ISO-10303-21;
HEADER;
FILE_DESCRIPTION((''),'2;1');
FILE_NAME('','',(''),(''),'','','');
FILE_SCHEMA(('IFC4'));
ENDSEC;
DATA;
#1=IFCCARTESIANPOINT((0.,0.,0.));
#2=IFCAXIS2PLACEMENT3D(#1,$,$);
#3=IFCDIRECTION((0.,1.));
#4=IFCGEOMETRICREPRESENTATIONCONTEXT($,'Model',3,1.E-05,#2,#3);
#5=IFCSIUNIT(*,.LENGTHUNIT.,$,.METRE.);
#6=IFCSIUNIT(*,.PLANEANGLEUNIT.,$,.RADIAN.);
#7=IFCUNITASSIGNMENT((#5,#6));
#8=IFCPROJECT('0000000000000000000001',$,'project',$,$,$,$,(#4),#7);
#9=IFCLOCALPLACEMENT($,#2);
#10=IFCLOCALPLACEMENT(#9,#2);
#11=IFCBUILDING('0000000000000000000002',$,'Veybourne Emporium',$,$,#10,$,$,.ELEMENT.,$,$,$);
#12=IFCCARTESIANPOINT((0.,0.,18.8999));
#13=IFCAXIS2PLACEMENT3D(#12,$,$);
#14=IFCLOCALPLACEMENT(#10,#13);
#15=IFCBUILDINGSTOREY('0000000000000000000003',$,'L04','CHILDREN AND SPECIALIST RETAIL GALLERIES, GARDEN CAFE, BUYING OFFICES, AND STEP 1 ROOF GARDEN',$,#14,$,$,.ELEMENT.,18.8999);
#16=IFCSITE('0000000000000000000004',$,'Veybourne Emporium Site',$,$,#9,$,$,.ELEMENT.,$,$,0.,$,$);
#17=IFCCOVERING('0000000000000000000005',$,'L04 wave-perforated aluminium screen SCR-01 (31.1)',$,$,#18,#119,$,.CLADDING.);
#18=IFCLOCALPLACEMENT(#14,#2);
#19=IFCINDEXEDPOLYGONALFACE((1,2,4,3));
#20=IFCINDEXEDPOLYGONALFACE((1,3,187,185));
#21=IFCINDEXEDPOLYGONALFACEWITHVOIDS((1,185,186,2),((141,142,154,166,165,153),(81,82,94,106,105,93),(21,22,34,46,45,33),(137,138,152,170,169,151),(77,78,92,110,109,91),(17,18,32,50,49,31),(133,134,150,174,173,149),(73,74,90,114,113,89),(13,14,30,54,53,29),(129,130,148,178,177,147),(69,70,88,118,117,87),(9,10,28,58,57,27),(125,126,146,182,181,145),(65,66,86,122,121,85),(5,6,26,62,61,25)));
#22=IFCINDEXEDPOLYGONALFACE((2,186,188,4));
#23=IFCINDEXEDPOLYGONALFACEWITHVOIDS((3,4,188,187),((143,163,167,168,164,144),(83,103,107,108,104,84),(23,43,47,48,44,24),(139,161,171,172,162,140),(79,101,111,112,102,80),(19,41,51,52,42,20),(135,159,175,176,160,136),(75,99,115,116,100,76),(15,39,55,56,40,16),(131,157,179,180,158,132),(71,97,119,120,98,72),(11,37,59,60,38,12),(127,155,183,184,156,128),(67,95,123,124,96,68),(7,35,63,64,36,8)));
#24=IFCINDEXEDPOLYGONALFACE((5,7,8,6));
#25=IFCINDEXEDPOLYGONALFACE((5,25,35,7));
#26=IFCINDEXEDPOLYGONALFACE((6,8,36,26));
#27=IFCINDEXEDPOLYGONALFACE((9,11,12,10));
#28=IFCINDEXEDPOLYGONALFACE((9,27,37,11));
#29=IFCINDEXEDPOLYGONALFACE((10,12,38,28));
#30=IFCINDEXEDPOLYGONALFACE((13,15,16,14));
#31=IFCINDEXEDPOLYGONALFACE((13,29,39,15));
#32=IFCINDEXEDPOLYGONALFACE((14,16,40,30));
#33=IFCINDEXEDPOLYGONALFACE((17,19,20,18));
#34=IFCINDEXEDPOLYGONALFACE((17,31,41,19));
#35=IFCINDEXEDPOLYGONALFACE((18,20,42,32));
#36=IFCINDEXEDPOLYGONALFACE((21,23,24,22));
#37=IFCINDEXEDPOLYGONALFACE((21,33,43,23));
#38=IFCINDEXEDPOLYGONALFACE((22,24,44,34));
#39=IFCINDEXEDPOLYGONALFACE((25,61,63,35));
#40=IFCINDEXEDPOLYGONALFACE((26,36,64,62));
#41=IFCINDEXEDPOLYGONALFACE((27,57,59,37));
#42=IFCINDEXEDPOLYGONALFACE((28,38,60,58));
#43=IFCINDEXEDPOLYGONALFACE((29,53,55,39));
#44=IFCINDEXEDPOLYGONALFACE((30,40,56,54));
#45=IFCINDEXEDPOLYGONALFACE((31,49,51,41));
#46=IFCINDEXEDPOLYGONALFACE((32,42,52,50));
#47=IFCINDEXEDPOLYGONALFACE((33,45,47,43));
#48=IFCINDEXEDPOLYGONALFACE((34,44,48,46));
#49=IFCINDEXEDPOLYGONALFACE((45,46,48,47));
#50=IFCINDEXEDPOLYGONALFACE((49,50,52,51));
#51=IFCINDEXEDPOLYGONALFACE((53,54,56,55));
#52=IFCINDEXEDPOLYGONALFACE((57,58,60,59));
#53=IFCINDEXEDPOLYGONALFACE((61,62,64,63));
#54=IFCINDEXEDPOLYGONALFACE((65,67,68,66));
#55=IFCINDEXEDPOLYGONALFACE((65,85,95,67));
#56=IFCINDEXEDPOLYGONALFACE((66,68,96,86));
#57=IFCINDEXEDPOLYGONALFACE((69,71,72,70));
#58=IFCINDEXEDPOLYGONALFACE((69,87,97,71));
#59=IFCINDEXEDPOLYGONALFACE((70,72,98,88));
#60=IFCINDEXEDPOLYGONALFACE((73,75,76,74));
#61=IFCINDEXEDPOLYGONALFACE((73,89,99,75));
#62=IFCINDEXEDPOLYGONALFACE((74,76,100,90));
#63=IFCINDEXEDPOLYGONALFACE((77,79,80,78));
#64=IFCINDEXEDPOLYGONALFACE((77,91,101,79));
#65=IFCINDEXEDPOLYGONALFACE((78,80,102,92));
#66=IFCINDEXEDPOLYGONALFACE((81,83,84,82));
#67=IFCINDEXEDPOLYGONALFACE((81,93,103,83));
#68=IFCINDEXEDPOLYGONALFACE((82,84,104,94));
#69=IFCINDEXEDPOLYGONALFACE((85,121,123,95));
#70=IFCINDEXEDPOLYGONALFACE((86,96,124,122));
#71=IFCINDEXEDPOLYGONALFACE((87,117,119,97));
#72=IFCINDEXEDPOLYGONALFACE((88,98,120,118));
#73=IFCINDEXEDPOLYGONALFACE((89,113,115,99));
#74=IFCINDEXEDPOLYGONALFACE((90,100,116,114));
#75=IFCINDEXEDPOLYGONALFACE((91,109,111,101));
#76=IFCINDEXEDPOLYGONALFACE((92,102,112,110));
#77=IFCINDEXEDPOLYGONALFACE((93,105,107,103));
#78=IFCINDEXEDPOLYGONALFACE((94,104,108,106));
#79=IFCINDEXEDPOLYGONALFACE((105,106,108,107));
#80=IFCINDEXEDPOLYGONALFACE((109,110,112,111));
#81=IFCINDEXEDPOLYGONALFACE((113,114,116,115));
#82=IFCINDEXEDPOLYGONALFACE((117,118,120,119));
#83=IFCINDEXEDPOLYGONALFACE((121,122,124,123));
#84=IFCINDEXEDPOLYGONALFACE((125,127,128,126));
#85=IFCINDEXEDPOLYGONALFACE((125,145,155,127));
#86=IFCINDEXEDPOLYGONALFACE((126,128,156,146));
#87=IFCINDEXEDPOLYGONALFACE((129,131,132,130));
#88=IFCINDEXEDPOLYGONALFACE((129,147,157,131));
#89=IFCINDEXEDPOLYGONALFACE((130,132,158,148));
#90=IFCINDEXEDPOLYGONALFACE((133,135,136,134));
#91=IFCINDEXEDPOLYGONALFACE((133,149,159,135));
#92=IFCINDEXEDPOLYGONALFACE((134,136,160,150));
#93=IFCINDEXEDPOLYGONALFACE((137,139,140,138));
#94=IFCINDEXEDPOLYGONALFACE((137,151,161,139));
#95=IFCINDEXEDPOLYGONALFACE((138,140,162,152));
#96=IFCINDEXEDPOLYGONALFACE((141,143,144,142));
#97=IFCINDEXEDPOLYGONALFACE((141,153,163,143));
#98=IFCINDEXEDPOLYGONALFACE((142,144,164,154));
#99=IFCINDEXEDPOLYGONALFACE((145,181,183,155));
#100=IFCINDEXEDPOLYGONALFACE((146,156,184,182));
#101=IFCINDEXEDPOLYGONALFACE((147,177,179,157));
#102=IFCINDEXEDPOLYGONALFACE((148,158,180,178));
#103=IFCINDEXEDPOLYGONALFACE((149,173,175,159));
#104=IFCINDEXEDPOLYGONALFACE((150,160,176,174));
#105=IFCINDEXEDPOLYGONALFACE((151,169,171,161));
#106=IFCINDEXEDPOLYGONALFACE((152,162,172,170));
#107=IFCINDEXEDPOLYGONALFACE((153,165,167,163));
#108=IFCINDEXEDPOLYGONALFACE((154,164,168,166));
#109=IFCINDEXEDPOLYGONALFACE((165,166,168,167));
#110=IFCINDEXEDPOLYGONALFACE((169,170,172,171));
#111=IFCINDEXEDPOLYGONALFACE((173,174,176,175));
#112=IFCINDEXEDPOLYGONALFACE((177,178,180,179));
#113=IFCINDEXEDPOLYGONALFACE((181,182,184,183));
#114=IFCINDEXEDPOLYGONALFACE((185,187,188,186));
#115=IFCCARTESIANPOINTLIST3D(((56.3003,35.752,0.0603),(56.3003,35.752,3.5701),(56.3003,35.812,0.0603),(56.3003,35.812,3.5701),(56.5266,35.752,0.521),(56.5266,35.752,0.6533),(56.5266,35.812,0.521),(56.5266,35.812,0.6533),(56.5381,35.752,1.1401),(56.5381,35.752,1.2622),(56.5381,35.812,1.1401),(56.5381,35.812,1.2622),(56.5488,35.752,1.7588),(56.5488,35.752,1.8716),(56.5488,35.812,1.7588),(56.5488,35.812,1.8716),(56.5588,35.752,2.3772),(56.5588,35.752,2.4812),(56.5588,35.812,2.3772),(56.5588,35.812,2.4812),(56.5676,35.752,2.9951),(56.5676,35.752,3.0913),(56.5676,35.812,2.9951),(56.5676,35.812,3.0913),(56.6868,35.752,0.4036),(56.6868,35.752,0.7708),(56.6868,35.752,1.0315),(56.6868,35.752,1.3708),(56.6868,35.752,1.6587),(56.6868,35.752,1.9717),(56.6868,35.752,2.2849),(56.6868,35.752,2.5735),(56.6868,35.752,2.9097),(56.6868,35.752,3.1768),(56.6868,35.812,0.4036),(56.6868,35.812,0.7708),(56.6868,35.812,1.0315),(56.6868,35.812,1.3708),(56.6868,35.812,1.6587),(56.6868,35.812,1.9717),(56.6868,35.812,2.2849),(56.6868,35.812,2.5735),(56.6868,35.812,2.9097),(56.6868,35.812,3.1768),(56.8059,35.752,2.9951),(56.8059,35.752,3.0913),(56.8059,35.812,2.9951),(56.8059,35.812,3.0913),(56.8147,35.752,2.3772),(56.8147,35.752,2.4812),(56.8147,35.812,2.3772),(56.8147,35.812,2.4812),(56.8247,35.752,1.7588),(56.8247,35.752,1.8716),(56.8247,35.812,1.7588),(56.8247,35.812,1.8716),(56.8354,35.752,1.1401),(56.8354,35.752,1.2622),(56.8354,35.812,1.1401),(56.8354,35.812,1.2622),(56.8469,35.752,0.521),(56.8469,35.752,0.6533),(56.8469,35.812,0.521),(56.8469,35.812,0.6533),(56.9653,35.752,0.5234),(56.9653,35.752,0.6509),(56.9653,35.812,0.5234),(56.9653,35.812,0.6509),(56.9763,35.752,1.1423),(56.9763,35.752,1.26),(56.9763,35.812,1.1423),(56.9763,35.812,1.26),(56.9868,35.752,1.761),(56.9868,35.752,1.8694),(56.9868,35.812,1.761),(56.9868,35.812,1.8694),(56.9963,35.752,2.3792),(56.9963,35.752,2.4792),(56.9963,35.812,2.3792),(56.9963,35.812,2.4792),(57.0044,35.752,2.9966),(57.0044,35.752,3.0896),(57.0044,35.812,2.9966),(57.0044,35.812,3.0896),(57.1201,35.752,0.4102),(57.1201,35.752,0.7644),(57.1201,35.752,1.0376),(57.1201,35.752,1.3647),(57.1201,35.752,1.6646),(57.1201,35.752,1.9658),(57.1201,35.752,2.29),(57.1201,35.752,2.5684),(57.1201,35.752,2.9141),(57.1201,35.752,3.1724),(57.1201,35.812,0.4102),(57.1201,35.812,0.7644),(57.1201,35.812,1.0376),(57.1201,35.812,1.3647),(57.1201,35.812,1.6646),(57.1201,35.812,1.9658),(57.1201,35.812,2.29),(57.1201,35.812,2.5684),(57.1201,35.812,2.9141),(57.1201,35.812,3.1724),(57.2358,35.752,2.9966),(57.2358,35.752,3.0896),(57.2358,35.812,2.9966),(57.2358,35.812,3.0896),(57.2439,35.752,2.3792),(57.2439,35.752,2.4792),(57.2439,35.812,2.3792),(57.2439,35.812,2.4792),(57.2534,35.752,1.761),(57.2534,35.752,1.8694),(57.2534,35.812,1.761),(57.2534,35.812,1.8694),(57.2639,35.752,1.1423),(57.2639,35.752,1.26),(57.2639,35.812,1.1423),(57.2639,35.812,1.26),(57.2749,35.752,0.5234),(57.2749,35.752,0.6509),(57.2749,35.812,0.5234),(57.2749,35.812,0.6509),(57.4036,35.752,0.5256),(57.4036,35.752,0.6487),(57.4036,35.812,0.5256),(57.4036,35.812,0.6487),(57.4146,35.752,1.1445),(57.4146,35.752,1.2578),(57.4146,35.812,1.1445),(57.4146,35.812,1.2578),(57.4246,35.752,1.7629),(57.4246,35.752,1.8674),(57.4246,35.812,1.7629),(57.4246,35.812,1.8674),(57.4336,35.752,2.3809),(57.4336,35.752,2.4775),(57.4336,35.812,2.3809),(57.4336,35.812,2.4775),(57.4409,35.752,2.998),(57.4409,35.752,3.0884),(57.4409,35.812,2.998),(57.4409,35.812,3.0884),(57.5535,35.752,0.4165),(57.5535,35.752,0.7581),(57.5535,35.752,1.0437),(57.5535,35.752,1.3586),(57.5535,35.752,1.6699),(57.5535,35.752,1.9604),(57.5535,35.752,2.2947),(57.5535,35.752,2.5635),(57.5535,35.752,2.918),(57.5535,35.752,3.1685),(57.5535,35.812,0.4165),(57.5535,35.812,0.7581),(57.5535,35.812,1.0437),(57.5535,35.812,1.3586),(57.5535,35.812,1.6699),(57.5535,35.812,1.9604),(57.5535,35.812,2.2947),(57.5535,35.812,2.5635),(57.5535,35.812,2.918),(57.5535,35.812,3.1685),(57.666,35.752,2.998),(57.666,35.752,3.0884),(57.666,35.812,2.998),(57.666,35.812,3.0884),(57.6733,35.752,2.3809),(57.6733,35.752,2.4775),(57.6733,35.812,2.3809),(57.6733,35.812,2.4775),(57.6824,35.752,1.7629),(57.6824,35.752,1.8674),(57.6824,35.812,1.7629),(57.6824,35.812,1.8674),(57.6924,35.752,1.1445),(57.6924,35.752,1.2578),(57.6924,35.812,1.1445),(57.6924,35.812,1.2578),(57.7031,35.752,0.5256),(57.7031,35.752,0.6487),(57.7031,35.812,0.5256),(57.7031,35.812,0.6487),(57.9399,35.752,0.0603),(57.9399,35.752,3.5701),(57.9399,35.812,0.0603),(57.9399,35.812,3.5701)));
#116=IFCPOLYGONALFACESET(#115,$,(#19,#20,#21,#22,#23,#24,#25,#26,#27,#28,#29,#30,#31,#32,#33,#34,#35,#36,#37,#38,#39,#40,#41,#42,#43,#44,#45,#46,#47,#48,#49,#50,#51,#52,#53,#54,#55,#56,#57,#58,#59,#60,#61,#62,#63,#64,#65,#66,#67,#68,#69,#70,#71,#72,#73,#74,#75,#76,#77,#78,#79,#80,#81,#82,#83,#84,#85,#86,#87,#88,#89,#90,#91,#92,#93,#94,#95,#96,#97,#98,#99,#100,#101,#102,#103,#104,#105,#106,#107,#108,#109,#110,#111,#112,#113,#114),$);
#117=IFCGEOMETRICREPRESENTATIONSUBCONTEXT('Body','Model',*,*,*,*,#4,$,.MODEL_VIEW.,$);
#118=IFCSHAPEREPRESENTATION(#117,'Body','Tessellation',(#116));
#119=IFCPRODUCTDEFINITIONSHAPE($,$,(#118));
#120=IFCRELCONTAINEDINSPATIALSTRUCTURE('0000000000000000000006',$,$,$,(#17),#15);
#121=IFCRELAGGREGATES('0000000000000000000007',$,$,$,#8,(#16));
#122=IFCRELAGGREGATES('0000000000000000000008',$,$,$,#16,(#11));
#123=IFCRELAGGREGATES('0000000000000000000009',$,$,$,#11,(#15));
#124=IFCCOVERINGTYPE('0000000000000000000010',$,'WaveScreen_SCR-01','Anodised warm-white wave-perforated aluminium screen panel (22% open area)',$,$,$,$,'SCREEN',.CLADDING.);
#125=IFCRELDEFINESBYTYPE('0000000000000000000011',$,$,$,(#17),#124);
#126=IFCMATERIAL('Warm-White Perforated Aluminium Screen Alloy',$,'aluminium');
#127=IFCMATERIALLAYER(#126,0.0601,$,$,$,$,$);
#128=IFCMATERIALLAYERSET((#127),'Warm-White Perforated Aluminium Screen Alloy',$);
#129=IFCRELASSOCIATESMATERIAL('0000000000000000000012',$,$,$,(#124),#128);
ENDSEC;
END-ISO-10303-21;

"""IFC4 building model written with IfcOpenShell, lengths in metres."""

from ifc_helpers import new_model, si_unit, direction, frame, origin, place, context, subcontext, project, spatial, polyline, outline, extrude, material, layer, layer_set, type_object, element, save


model = new_model("IFC4")

# Units and contexts
model_context = context("Model", 3, precision=1e-05, world=origin(), true_north=direction((0.0, 1.0)))
body_context = subcontext(model_context, "Body", "Model", "MODEL_VIEW")
ifc_project = project(units=[si_unit("LENGTHUNIT", "METRE"), si_unit("PLANEANGLEUNIT", "RADIAN")], contexts=[model_context])

# Site, building, storey
site_placement = place(None, origin())
site = spatial("IfcSite", under=ifc_project, at=site_placement, Name="Veybourne Emporium Site", CompositionType="ELEMENT", RefElevation=0.0)
building_placement = place(site_placement, origin())
building = spatial("IfcBuilding", under=site, at=building_placement, Name="Veybourne Emporium", CompositionType="ELEMENT")
storey_placement = place(building_placement, frame((0.0, 0.0, 18.8999)))
storey = spatial("IfcBuildingStorey", under=building, at=storey_placement, Name="L04", Description="CHILDREN AND SPECIALIST RETAIL GALLERIES, GARDEN CAFE, BUYING OFFICES, AND STEP 1 ROOF GARDEN", CompositionType="ELEMENT", Elevation=18.8999)

# Covering
ifc_material_1 = material(Name="Warm-White Perforated Aluminium Screen Alloy", Category="aluminium")
ifc_layer_1 = layer(ifc_material_1, 0.0601)
ifc_layer_set_1 = layer_set([ifc_layer_1], Name="Warm-White Perforated Aluminium Screen Alloy")
covering_type_1 = type_object("IfcCoveringType", Name="WaveScreen_SCR-01", Description="Anodised warm-white wave-perforated aluminium screen panel (22% open area)", ElementType="SCREEN", PredefinedType="CLADDING", material=ifc_layer_set_1)
covering_1_placement = place(storey_placement, frame((57.1201, 35.752, 1.8152), z_axis=(0.0, 1.0, 0.0), x_axis=(-1.0, 0.0, 0.0)))
element("IfcCovering", 1, at=covering_1_placement, inside=storey, type_object=covering_type_1, Name="L04 wave-perforated aluminium screen SCR-01 (31.1)", PredefinedType="CLADDING", context=body_context, shape_type="SweptSolid", body=[
    extrude(outline(polyline([(-0.8198, -1.7549), (0.8198, -1.7549), (0.8198, 1.7549), (-0.8198, 1.7549), (-0.8198, -1.7549)]), holes=[polyline([(-0.4333, -1.0571), (-0.2834, -1.1665), (-0.2834, -1.2896), (-0.4333, -1.3987), (-0.583, -1.2896), (-0.583, -1.1665), (-0.4333, -1.0571)]), polyline([(-0.4333, -0.4565), (-0.2944, -0.5574), (-0.2944, -0.6707), (-0.4333, -0.7715), (-0.5723, -0.6707), (-0.5723, -0.5574), (-0.4333, -0.4565)]), polyline([(-0.4333, 0.1453), (-0.3044, 0.0522), (-0.3044, -0.0522), (-0.4333, -0.1453), (-0.5623, -0.0522), (-0.5623, 0.0522), (-0.4333, 0.1453)]), polyline([(-0.4333, 0.7483), (-0.3135, 0.6624), (-0.3135, 0.5657), (-0.4333, 0.4795), (-0.5532, 0.5657), (-0.5532, 0.6624), (-0.4333, 0.7483)]), polyline([(-0.4333, 1.3533), (-0.3208, 1.2732), (-0.3208, 1.1829), (-0.4333, 1.1028), (-0.5459, 1.1829), (-0.5459, 1.2732), (-0.4333, 1.3533)]), polyline([(0.0, -1.0508), (0.1548, -1.1643), (0.1548, -1.2917), (0.0, -1.405), (-0.1548, -1.2917), (-0.1548, -1.1643), (0.0, -1.0508)]), polyline([(0.0, -0.4504), (0.1438, -0.5552), (0.1438, -0.6729), (0.0, -0.7776), (-0.1438, -0.6729), (-0.1438, -0.5552), (0.0, -0.4504)]), polyline([(0.0, 0.1506), (0.1333, 0.0542), (0.1333, -0.0542), (0.0, -0.1506), (-0.1333, -0.0542), (-0.1333, 0.0542), (0.0, 0.1506)]), polyline([(0.0, 0.7532), (0.1238, 0.6641), (0.1238, 0.564), (0.0, 0.4749), (-0.1238, 0.564), (-0.1238, 0.6641), (0.0, 0.7532)]), polyline([(0.0, 1.3572), (0.1157, 1.2744), (0.1157, 1.1814), (0.0, 1.0989), (-0.1157, 1.1814), (-0.1157, 1.2744), (0.0, 1.3572)]), polyline([(0.4333, -1.0444), (0.5935, -1.1619), (0.5935, -1.2942), (0.4333, -1.4116), (0.2732, -1.2942), (0.2732, -1.1619), (0.4333, -1.0444)]), polyline([(0.4333, -0.4443), (0.582, -0.553), (0.582, -0.675), (0.4333, -0.7837), (0.2847, -0.675), (0.2847, -0.553), (0.4333, -0.4443)]), polyline([(0.4333, 0.1565), (0.5713, 0.0564), (0.5713, -0.0564), (0.4333, -0.1565), (0.2954, -0.0564), (0.2954, 0.0564), (0.4333, 0.1565)]), polyline([(0.4333, 0.7583), (0.5613, 0.666), (0.5613, 0.562), (0.4333, 0.4697), (0.3054, 0.562), (0.3054, 0.666), (0.4333, 0.7583)]), polyline([(0.4333, 1.3616), (0.5525, 1.2761), (0.5525, 1.1799), (0.4333, 1.0945), (0.3142, 1.1799), (0.3142, 1.2761), (0.4333, 1.3616)])]), origin(), (0.0, 0.0, 1.0), 0.0601),
])

save(model, "model.ifc")
